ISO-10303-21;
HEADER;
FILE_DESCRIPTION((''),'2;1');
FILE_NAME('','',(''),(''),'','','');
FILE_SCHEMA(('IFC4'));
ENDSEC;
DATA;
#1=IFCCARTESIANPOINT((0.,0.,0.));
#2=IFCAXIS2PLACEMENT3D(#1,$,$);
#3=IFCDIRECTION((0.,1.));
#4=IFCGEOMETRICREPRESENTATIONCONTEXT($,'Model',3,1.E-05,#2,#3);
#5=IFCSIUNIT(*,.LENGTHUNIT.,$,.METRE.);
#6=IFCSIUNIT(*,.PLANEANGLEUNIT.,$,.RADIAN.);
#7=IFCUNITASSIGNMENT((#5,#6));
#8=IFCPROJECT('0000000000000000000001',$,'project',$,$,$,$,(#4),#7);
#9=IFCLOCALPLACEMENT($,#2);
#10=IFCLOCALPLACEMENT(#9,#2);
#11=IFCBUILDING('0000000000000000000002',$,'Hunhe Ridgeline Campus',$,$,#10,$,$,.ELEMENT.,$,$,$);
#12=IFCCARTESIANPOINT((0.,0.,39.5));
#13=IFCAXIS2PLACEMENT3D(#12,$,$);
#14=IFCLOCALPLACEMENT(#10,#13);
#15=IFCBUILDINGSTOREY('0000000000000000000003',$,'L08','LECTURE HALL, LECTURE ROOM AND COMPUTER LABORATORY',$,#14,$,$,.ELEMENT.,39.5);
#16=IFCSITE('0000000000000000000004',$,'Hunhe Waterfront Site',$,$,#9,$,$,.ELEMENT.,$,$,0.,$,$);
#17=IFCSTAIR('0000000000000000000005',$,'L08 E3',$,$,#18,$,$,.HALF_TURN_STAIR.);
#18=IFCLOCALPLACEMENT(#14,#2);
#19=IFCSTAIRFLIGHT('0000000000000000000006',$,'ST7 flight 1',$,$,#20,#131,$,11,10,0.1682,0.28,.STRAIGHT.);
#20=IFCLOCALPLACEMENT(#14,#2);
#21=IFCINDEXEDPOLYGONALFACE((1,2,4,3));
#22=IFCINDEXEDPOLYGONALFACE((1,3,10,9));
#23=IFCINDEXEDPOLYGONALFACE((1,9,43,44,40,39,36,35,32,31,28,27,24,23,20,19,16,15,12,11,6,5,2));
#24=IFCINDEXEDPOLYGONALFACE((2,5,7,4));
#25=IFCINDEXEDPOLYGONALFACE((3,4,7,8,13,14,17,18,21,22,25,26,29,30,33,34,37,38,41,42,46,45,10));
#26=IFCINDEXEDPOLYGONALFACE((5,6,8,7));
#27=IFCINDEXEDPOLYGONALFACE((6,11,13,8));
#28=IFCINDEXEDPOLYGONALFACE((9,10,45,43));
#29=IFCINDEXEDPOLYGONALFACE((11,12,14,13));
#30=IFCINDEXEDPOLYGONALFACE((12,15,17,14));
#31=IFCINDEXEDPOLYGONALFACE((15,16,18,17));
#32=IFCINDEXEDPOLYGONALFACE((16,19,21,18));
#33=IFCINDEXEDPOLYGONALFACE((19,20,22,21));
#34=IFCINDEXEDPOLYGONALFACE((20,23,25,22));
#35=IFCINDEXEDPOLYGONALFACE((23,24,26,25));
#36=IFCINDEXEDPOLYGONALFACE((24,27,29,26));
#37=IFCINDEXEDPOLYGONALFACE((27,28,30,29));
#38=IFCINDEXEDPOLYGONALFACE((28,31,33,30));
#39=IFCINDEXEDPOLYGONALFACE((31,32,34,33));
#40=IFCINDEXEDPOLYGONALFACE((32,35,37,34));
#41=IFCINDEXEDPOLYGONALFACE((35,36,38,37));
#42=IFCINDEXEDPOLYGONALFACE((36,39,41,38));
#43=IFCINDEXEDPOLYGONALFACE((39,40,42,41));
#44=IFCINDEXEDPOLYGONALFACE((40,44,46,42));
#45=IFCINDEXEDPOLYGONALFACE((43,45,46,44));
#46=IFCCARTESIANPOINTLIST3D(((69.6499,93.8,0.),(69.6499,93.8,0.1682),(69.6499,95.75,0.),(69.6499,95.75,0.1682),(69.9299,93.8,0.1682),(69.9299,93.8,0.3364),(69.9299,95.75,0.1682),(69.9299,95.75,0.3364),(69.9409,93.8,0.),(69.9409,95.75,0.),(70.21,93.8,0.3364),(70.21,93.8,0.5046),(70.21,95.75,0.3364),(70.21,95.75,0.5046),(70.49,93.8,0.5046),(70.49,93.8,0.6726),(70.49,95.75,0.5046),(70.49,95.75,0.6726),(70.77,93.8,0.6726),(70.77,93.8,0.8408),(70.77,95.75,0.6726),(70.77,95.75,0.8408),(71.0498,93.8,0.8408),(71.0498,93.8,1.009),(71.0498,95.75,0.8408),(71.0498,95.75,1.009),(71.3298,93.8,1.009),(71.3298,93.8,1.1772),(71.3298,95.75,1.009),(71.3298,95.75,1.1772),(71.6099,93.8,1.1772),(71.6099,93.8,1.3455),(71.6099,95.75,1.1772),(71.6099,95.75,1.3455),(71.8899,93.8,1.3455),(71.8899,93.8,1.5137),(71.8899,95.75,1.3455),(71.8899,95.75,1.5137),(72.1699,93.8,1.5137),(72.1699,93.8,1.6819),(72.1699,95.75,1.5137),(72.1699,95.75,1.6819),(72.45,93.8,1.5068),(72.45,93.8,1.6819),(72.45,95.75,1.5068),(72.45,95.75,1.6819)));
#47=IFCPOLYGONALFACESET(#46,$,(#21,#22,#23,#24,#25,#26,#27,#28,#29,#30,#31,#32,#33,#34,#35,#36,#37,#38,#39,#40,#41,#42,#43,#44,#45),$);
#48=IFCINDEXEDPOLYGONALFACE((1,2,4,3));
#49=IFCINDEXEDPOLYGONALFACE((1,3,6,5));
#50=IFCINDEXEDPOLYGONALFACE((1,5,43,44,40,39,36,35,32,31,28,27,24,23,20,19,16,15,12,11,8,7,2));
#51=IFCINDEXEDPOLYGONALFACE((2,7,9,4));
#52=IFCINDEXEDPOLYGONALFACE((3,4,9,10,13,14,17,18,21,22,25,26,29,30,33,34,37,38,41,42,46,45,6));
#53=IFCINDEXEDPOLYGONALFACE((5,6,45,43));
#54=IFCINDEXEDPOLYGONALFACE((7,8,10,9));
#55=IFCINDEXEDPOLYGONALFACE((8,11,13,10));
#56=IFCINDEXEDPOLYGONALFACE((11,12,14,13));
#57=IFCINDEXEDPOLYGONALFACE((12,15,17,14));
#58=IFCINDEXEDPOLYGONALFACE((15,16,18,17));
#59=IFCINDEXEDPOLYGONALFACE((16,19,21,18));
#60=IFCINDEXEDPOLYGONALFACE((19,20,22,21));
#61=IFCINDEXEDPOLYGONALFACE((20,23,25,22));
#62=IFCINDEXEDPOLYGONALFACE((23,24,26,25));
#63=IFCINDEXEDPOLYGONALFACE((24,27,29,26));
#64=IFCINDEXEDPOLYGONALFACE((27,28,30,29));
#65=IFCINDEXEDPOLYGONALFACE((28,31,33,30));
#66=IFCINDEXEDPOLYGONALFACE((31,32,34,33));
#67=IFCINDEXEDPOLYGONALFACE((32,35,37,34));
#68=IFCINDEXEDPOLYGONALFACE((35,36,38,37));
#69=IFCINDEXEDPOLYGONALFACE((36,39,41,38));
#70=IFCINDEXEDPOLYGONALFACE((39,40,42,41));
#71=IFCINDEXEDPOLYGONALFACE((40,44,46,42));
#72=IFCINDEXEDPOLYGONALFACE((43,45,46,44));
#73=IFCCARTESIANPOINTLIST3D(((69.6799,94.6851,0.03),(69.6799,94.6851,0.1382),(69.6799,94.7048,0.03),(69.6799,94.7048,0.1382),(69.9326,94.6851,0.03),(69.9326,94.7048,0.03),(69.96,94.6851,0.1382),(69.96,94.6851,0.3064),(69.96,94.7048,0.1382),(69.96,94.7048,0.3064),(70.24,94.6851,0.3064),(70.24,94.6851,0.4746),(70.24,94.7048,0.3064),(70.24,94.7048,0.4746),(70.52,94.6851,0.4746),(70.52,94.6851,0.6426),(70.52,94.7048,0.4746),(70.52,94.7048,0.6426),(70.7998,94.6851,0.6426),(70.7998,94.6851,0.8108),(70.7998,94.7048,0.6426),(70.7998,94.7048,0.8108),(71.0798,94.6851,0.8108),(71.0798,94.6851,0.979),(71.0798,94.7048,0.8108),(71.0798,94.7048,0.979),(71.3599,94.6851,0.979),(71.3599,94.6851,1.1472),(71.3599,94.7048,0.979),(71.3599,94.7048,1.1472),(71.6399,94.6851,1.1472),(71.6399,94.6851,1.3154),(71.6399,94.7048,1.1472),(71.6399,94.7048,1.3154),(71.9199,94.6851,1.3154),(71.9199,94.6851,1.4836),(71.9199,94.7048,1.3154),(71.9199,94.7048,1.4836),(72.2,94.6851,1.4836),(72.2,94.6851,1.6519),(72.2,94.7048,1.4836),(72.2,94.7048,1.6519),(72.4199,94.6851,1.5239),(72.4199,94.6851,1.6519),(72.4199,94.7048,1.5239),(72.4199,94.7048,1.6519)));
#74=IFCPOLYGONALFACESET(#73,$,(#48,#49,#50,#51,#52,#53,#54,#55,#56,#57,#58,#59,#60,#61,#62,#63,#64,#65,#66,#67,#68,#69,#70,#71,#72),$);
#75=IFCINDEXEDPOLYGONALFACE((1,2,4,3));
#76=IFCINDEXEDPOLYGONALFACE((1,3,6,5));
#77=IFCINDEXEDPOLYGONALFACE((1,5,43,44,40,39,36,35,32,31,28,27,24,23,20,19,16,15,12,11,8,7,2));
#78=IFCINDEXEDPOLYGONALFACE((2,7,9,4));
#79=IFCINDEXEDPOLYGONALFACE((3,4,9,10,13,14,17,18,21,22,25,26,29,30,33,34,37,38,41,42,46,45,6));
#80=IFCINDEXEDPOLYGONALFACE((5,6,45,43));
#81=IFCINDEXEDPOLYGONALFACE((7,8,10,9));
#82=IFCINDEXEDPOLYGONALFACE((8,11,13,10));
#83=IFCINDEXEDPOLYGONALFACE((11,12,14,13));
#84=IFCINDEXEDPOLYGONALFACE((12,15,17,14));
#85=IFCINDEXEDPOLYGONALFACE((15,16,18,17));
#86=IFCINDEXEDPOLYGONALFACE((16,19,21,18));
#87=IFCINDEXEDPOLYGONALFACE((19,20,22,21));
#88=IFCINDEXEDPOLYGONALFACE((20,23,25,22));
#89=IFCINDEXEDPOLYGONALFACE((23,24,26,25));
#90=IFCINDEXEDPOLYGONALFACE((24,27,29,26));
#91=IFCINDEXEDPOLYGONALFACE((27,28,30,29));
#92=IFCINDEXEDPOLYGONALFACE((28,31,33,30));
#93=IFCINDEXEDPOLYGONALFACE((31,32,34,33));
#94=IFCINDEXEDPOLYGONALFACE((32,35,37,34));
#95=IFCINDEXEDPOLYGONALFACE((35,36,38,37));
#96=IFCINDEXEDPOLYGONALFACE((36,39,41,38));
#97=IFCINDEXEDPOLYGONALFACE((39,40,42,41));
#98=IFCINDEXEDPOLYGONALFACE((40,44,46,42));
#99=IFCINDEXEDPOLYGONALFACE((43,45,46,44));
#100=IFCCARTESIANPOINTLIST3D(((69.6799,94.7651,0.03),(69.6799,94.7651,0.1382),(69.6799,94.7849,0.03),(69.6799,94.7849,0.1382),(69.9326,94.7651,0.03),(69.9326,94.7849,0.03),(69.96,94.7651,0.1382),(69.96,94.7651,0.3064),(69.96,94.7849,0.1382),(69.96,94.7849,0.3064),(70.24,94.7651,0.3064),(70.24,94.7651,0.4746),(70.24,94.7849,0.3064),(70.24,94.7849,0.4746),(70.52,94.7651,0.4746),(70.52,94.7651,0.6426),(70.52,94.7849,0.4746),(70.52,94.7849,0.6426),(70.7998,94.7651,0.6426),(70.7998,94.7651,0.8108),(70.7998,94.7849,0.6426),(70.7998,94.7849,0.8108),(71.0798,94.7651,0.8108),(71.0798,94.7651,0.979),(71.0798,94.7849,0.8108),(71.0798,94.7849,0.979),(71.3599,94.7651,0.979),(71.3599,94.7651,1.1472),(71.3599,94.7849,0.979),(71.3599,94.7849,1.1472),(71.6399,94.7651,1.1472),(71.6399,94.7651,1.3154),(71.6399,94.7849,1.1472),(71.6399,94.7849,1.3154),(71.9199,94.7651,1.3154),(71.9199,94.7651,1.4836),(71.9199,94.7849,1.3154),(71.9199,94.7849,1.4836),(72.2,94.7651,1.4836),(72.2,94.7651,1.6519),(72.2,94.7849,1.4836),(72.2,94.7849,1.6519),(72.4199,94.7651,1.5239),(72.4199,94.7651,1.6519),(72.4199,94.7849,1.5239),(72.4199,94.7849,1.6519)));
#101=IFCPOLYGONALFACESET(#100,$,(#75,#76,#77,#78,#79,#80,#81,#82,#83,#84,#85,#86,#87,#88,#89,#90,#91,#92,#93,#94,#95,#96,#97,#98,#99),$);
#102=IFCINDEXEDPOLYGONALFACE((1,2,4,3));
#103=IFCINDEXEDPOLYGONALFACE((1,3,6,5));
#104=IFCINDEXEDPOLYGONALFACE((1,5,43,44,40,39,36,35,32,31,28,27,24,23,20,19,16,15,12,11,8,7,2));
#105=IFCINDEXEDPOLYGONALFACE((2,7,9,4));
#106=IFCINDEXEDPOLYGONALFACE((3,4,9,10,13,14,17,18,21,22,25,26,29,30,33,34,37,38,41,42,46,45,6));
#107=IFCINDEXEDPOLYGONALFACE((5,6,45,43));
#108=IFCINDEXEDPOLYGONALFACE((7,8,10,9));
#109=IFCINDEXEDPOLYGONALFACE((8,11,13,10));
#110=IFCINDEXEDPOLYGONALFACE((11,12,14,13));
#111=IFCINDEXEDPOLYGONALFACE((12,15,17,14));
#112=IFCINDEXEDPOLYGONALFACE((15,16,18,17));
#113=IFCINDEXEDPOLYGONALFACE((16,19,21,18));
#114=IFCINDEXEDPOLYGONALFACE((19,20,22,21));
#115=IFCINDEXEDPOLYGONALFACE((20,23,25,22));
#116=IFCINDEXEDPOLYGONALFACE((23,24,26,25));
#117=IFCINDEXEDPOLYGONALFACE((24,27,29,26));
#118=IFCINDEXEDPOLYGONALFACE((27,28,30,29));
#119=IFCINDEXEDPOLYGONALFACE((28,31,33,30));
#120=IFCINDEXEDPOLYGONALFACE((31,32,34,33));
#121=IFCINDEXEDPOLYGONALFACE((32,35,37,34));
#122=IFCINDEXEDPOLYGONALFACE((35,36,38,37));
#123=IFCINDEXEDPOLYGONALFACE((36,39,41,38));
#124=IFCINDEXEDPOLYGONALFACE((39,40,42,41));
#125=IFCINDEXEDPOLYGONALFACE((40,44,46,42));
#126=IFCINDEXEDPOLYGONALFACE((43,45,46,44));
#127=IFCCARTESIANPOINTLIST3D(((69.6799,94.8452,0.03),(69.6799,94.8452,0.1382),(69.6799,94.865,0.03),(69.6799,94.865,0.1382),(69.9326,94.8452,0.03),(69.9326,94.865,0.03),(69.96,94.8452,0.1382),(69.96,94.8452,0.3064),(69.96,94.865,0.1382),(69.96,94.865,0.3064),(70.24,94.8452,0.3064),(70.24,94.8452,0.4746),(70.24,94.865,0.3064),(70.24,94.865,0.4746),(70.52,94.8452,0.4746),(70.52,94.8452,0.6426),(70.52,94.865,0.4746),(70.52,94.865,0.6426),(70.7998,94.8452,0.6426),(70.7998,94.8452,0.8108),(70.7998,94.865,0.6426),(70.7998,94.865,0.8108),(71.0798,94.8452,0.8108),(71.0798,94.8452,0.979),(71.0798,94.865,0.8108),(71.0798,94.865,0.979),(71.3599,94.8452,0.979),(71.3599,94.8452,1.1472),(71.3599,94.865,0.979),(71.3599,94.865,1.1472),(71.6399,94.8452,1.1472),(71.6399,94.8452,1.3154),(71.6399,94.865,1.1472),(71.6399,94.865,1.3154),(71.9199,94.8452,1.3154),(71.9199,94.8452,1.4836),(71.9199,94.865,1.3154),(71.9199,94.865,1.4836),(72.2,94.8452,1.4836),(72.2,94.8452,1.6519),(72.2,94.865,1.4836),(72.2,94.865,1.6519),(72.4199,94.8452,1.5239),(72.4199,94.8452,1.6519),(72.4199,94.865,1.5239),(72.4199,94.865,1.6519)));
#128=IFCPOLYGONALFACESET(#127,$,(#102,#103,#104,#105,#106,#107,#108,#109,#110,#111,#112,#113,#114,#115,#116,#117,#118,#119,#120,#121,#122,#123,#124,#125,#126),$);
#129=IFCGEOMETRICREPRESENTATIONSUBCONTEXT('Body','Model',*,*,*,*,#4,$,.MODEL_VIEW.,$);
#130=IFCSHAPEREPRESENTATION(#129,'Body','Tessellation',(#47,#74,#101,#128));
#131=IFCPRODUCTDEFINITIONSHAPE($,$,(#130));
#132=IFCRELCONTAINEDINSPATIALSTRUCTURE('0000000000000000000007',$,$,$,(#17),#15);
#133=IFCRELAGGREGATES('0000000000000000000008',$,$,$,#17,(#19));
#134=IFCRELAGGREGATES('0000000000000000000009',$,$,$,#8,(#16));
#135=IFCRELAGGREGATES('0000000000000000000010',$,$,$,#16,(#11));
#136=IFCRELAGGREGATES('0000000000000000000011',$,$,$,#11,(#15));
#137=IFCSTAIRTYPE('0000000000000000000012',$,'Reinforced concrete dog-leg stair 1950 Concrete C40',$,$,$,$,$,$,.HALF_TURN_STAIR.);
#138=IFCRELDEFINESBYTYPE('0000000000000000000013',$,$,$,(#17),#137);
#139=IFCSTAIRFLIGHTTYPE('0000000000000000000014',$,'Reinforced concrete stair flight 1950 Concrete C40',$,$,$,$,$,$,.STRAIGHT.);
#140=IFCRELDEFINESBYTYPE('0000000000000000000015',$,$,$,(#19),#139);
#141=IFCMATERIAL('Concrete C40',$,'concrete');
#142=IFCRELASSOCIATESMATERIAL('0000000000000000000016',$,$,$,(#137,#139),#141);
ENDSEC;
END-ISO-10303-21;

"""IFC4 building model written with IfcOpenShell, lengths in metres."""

from ifc_helpers import new_model, si_unit, direction, frame, origin, place, context, subcontext, project, spatial, polyline, outline, extrude, material, type_object, element, aggregate, save


model = new_model("IFC4")

# Units and contexts
model_context = context("Model", 3, precision=1e-05, world=origin(), true_north=direction((0.0, 1.0)))
body_context = subcontext(model_context, "Body", "Model", "MODEL_VIEW")
ifc_project = project(units=[si_unit("LENGTHUNIT", "METRE"), si_unit("PLANEANGLEUNIT", "RADIAN")], contexts=[model_context])

# Site, building, storey
site_placement = place(None, origin())
site = spatial("IfcSite", under=ifc_project, at=site_placement, Name="Hunhe Waterfront Site", CompositionType="ELEMENT", RefElevation=0.0)
building_placement = place(site_placement, origin())
building = spatial("IfcBuilding", under=site, at=building_placement, Name="Hunhe Ridgeline Campus", CompositionType="ELEMENT")
storey_placement = place(building_placement, frame((0.0, 0.0, 39.5)))
storey = spatial("IfcBuildingStorey", under=building, at=storey_placement, Name="L08", Description="LECTURE HALL, LECTURE ROOM AND COMPUTER LABORATORY", CompositionType="ELEMENT", Elevation=39.5)

# Stair, stair flight
ifc_material_1 = material(Name="Concrete C40", Category="concrete")
stair_type = type_object("IfcStairType", Name="Reinforced concrete dog-leg stair 1950 Concrete C40", PredefinedType="HALF_TURN_STAIR", material=ifc_material_1)
stair_placement = place(storey_placement, origin())
stair = element("IfcStair", 1, at=stair_placement, inside=storey, type_object=stair_type, Name="L08 E3", PredefinedType="HALF_TURN_STAIR")
stair_flight_type = type_object("IfcStairFlightType", Name="Reinforced concrete stair flight 1950 Concrete C40", PredefinedType="STRAIGHT", material=ifc_material_1)
stair_flight_1_placement = place(storey_placement, frame((69.6499, 94.7749, 0.0), z_axis=(0.0, 0.0, 1.0), x_axis=(1.0, 0.0, 0.0)))
stair_flight_1 = element("IfcStairFlight", 2, at=stair_flight_1_placement, type_object=stair_flight_type, Name="ST7 flight 1", NumberOfRisers=11, NumberOfTreads=10, PredefinedType="STRAIGHT", RiserHeight=0.1682, TreadLength=0.28, context=body_context, shape_type="SweptSolid", body=[
    extrude(outline(polyline([(0.0, 0.0), (0.0, 0.1682), (0.28, 0.1682), (0.28, 0.3364), (0.5601, 0.3364), (0.5601, 0.5046), (0.8401, 0.5046), (0.8401, 0.6726), (1.1201, 0.6726), (1.1201, 0.8408), (1.3999, 0.8408), (1.3999, 1.009), (1.6799, 1.009), (1.6799, 1.1772), (1.96, 1.1772), (1.96, 1.3455), (2.24, 1.3455), (2.24, 1.5137), (2.52, 1.5137), (2.52, 1.6819), (2.8, 1.6819), (2.8, 1.8501), (2.8, 1.5068), (0.291, 0.0), (0.0, 0.0)])), frame((0.0, 0.9751, 0.0), z_axis=(0.0, -1.0, 0.0), x_axis=(1.0, 0.0, 0.0)), (0.0, 0.0, 1.0), 1.95),
    extrude(outline(polyline([(0.03, 0.03), (0.03, 0.1382), (0.3101, 0.1382), (0.3101, 0.3064), (0.5901, 0.3064), (0.5901, 0.4746), (0.8701, 0.4746), (0.8701, 0.6426), (1.1499, 0.6426), (1.1499, 0.8108), (1.4299, 0.8108), (1.4299, 0.979), (1.71, 0.979), (1.71, 1.1472), (1.99, 1.1472), (1.99, 1.3154), (2.27, 1.3154), (2.27, 1.4836), (2.55, 1.4836), (2.55, 1.6519), (2.77, 1.6519), (2.77, 1.5239), (0.2827, 0.03), (0.03, 0.03)])), frame((0.0, -0.0701, 0.0), z_axis=(0.0, -1.0, 0.0), x_axis=(1.0, 0.0, 0.0)), (0.0, 0.0, 1.0), 0.0198),
    extrude(outline(polyline([(0.03, 0.03), (0.03, 0.1382), (0.3101, 0.1382), (0.3101, 0.3064), (0.5901, 0.3064), (0.5901, 0.4746), (0.8701, 0.4746), (0.8701, 0.6426), (1.1499, 0.6426), (1.1499, 0.8108), (1.4299, 0.8108), (1.4299, 0.979), (1.71, 0.979), (1.71, 1.1472), (1.99, 1.1472), (1.99, 1.3154), (2.27, 1.3154), (2.27, 1.4836), (2.55, 1.4836), (2.55, 1.6519), (2.77, 1.6519), (2.77, 1.5239), (0.2827, 0.03), (0.03, 0.03)])), frame((0.0, 0.01, 0.0), z_axis=(0.0, -1.0, 0.0), x_axis=(1.0, 0.0, 0.0)), (0.0, 0.0, 1.0), 0.0198),
    extrude(outline(polyline([(0.03, 0.03), (0.03, 0.1382), (0.3101, 0.1382), (0.3101, 0.3064), (0.5901, 0.3064), (0.5901, 0.4746), (0.8701, 0.4746), (0.8701, 0.6426), (1.1499, 0.6426), (1.1499, 0.8108), (1.4299, 0.8108), (1.4299, 0.979), (1.71, 0.979), (1.71, 1.1472), (1.99, 1.1472), (1.99, 1.3154), (2.27, 1.3154), (2.27, 1.4836), (2.55, 1.4836), (2.55, 1.6519), (2.77, 1.6519), (2.77, 1.5239), (0.2827, 0.03), (0.03, 0.03)])), frame((0.0, 0.0901, 0.0), z_axis=(0.0, -1.0, 0.0), x_axis=(1.0, 0.0, 0.0)), (0.0, 0.0, 1.0), 0.0198),
])
aggregate(stair, [stair_flight_1])

save(model, "model.ifc")
